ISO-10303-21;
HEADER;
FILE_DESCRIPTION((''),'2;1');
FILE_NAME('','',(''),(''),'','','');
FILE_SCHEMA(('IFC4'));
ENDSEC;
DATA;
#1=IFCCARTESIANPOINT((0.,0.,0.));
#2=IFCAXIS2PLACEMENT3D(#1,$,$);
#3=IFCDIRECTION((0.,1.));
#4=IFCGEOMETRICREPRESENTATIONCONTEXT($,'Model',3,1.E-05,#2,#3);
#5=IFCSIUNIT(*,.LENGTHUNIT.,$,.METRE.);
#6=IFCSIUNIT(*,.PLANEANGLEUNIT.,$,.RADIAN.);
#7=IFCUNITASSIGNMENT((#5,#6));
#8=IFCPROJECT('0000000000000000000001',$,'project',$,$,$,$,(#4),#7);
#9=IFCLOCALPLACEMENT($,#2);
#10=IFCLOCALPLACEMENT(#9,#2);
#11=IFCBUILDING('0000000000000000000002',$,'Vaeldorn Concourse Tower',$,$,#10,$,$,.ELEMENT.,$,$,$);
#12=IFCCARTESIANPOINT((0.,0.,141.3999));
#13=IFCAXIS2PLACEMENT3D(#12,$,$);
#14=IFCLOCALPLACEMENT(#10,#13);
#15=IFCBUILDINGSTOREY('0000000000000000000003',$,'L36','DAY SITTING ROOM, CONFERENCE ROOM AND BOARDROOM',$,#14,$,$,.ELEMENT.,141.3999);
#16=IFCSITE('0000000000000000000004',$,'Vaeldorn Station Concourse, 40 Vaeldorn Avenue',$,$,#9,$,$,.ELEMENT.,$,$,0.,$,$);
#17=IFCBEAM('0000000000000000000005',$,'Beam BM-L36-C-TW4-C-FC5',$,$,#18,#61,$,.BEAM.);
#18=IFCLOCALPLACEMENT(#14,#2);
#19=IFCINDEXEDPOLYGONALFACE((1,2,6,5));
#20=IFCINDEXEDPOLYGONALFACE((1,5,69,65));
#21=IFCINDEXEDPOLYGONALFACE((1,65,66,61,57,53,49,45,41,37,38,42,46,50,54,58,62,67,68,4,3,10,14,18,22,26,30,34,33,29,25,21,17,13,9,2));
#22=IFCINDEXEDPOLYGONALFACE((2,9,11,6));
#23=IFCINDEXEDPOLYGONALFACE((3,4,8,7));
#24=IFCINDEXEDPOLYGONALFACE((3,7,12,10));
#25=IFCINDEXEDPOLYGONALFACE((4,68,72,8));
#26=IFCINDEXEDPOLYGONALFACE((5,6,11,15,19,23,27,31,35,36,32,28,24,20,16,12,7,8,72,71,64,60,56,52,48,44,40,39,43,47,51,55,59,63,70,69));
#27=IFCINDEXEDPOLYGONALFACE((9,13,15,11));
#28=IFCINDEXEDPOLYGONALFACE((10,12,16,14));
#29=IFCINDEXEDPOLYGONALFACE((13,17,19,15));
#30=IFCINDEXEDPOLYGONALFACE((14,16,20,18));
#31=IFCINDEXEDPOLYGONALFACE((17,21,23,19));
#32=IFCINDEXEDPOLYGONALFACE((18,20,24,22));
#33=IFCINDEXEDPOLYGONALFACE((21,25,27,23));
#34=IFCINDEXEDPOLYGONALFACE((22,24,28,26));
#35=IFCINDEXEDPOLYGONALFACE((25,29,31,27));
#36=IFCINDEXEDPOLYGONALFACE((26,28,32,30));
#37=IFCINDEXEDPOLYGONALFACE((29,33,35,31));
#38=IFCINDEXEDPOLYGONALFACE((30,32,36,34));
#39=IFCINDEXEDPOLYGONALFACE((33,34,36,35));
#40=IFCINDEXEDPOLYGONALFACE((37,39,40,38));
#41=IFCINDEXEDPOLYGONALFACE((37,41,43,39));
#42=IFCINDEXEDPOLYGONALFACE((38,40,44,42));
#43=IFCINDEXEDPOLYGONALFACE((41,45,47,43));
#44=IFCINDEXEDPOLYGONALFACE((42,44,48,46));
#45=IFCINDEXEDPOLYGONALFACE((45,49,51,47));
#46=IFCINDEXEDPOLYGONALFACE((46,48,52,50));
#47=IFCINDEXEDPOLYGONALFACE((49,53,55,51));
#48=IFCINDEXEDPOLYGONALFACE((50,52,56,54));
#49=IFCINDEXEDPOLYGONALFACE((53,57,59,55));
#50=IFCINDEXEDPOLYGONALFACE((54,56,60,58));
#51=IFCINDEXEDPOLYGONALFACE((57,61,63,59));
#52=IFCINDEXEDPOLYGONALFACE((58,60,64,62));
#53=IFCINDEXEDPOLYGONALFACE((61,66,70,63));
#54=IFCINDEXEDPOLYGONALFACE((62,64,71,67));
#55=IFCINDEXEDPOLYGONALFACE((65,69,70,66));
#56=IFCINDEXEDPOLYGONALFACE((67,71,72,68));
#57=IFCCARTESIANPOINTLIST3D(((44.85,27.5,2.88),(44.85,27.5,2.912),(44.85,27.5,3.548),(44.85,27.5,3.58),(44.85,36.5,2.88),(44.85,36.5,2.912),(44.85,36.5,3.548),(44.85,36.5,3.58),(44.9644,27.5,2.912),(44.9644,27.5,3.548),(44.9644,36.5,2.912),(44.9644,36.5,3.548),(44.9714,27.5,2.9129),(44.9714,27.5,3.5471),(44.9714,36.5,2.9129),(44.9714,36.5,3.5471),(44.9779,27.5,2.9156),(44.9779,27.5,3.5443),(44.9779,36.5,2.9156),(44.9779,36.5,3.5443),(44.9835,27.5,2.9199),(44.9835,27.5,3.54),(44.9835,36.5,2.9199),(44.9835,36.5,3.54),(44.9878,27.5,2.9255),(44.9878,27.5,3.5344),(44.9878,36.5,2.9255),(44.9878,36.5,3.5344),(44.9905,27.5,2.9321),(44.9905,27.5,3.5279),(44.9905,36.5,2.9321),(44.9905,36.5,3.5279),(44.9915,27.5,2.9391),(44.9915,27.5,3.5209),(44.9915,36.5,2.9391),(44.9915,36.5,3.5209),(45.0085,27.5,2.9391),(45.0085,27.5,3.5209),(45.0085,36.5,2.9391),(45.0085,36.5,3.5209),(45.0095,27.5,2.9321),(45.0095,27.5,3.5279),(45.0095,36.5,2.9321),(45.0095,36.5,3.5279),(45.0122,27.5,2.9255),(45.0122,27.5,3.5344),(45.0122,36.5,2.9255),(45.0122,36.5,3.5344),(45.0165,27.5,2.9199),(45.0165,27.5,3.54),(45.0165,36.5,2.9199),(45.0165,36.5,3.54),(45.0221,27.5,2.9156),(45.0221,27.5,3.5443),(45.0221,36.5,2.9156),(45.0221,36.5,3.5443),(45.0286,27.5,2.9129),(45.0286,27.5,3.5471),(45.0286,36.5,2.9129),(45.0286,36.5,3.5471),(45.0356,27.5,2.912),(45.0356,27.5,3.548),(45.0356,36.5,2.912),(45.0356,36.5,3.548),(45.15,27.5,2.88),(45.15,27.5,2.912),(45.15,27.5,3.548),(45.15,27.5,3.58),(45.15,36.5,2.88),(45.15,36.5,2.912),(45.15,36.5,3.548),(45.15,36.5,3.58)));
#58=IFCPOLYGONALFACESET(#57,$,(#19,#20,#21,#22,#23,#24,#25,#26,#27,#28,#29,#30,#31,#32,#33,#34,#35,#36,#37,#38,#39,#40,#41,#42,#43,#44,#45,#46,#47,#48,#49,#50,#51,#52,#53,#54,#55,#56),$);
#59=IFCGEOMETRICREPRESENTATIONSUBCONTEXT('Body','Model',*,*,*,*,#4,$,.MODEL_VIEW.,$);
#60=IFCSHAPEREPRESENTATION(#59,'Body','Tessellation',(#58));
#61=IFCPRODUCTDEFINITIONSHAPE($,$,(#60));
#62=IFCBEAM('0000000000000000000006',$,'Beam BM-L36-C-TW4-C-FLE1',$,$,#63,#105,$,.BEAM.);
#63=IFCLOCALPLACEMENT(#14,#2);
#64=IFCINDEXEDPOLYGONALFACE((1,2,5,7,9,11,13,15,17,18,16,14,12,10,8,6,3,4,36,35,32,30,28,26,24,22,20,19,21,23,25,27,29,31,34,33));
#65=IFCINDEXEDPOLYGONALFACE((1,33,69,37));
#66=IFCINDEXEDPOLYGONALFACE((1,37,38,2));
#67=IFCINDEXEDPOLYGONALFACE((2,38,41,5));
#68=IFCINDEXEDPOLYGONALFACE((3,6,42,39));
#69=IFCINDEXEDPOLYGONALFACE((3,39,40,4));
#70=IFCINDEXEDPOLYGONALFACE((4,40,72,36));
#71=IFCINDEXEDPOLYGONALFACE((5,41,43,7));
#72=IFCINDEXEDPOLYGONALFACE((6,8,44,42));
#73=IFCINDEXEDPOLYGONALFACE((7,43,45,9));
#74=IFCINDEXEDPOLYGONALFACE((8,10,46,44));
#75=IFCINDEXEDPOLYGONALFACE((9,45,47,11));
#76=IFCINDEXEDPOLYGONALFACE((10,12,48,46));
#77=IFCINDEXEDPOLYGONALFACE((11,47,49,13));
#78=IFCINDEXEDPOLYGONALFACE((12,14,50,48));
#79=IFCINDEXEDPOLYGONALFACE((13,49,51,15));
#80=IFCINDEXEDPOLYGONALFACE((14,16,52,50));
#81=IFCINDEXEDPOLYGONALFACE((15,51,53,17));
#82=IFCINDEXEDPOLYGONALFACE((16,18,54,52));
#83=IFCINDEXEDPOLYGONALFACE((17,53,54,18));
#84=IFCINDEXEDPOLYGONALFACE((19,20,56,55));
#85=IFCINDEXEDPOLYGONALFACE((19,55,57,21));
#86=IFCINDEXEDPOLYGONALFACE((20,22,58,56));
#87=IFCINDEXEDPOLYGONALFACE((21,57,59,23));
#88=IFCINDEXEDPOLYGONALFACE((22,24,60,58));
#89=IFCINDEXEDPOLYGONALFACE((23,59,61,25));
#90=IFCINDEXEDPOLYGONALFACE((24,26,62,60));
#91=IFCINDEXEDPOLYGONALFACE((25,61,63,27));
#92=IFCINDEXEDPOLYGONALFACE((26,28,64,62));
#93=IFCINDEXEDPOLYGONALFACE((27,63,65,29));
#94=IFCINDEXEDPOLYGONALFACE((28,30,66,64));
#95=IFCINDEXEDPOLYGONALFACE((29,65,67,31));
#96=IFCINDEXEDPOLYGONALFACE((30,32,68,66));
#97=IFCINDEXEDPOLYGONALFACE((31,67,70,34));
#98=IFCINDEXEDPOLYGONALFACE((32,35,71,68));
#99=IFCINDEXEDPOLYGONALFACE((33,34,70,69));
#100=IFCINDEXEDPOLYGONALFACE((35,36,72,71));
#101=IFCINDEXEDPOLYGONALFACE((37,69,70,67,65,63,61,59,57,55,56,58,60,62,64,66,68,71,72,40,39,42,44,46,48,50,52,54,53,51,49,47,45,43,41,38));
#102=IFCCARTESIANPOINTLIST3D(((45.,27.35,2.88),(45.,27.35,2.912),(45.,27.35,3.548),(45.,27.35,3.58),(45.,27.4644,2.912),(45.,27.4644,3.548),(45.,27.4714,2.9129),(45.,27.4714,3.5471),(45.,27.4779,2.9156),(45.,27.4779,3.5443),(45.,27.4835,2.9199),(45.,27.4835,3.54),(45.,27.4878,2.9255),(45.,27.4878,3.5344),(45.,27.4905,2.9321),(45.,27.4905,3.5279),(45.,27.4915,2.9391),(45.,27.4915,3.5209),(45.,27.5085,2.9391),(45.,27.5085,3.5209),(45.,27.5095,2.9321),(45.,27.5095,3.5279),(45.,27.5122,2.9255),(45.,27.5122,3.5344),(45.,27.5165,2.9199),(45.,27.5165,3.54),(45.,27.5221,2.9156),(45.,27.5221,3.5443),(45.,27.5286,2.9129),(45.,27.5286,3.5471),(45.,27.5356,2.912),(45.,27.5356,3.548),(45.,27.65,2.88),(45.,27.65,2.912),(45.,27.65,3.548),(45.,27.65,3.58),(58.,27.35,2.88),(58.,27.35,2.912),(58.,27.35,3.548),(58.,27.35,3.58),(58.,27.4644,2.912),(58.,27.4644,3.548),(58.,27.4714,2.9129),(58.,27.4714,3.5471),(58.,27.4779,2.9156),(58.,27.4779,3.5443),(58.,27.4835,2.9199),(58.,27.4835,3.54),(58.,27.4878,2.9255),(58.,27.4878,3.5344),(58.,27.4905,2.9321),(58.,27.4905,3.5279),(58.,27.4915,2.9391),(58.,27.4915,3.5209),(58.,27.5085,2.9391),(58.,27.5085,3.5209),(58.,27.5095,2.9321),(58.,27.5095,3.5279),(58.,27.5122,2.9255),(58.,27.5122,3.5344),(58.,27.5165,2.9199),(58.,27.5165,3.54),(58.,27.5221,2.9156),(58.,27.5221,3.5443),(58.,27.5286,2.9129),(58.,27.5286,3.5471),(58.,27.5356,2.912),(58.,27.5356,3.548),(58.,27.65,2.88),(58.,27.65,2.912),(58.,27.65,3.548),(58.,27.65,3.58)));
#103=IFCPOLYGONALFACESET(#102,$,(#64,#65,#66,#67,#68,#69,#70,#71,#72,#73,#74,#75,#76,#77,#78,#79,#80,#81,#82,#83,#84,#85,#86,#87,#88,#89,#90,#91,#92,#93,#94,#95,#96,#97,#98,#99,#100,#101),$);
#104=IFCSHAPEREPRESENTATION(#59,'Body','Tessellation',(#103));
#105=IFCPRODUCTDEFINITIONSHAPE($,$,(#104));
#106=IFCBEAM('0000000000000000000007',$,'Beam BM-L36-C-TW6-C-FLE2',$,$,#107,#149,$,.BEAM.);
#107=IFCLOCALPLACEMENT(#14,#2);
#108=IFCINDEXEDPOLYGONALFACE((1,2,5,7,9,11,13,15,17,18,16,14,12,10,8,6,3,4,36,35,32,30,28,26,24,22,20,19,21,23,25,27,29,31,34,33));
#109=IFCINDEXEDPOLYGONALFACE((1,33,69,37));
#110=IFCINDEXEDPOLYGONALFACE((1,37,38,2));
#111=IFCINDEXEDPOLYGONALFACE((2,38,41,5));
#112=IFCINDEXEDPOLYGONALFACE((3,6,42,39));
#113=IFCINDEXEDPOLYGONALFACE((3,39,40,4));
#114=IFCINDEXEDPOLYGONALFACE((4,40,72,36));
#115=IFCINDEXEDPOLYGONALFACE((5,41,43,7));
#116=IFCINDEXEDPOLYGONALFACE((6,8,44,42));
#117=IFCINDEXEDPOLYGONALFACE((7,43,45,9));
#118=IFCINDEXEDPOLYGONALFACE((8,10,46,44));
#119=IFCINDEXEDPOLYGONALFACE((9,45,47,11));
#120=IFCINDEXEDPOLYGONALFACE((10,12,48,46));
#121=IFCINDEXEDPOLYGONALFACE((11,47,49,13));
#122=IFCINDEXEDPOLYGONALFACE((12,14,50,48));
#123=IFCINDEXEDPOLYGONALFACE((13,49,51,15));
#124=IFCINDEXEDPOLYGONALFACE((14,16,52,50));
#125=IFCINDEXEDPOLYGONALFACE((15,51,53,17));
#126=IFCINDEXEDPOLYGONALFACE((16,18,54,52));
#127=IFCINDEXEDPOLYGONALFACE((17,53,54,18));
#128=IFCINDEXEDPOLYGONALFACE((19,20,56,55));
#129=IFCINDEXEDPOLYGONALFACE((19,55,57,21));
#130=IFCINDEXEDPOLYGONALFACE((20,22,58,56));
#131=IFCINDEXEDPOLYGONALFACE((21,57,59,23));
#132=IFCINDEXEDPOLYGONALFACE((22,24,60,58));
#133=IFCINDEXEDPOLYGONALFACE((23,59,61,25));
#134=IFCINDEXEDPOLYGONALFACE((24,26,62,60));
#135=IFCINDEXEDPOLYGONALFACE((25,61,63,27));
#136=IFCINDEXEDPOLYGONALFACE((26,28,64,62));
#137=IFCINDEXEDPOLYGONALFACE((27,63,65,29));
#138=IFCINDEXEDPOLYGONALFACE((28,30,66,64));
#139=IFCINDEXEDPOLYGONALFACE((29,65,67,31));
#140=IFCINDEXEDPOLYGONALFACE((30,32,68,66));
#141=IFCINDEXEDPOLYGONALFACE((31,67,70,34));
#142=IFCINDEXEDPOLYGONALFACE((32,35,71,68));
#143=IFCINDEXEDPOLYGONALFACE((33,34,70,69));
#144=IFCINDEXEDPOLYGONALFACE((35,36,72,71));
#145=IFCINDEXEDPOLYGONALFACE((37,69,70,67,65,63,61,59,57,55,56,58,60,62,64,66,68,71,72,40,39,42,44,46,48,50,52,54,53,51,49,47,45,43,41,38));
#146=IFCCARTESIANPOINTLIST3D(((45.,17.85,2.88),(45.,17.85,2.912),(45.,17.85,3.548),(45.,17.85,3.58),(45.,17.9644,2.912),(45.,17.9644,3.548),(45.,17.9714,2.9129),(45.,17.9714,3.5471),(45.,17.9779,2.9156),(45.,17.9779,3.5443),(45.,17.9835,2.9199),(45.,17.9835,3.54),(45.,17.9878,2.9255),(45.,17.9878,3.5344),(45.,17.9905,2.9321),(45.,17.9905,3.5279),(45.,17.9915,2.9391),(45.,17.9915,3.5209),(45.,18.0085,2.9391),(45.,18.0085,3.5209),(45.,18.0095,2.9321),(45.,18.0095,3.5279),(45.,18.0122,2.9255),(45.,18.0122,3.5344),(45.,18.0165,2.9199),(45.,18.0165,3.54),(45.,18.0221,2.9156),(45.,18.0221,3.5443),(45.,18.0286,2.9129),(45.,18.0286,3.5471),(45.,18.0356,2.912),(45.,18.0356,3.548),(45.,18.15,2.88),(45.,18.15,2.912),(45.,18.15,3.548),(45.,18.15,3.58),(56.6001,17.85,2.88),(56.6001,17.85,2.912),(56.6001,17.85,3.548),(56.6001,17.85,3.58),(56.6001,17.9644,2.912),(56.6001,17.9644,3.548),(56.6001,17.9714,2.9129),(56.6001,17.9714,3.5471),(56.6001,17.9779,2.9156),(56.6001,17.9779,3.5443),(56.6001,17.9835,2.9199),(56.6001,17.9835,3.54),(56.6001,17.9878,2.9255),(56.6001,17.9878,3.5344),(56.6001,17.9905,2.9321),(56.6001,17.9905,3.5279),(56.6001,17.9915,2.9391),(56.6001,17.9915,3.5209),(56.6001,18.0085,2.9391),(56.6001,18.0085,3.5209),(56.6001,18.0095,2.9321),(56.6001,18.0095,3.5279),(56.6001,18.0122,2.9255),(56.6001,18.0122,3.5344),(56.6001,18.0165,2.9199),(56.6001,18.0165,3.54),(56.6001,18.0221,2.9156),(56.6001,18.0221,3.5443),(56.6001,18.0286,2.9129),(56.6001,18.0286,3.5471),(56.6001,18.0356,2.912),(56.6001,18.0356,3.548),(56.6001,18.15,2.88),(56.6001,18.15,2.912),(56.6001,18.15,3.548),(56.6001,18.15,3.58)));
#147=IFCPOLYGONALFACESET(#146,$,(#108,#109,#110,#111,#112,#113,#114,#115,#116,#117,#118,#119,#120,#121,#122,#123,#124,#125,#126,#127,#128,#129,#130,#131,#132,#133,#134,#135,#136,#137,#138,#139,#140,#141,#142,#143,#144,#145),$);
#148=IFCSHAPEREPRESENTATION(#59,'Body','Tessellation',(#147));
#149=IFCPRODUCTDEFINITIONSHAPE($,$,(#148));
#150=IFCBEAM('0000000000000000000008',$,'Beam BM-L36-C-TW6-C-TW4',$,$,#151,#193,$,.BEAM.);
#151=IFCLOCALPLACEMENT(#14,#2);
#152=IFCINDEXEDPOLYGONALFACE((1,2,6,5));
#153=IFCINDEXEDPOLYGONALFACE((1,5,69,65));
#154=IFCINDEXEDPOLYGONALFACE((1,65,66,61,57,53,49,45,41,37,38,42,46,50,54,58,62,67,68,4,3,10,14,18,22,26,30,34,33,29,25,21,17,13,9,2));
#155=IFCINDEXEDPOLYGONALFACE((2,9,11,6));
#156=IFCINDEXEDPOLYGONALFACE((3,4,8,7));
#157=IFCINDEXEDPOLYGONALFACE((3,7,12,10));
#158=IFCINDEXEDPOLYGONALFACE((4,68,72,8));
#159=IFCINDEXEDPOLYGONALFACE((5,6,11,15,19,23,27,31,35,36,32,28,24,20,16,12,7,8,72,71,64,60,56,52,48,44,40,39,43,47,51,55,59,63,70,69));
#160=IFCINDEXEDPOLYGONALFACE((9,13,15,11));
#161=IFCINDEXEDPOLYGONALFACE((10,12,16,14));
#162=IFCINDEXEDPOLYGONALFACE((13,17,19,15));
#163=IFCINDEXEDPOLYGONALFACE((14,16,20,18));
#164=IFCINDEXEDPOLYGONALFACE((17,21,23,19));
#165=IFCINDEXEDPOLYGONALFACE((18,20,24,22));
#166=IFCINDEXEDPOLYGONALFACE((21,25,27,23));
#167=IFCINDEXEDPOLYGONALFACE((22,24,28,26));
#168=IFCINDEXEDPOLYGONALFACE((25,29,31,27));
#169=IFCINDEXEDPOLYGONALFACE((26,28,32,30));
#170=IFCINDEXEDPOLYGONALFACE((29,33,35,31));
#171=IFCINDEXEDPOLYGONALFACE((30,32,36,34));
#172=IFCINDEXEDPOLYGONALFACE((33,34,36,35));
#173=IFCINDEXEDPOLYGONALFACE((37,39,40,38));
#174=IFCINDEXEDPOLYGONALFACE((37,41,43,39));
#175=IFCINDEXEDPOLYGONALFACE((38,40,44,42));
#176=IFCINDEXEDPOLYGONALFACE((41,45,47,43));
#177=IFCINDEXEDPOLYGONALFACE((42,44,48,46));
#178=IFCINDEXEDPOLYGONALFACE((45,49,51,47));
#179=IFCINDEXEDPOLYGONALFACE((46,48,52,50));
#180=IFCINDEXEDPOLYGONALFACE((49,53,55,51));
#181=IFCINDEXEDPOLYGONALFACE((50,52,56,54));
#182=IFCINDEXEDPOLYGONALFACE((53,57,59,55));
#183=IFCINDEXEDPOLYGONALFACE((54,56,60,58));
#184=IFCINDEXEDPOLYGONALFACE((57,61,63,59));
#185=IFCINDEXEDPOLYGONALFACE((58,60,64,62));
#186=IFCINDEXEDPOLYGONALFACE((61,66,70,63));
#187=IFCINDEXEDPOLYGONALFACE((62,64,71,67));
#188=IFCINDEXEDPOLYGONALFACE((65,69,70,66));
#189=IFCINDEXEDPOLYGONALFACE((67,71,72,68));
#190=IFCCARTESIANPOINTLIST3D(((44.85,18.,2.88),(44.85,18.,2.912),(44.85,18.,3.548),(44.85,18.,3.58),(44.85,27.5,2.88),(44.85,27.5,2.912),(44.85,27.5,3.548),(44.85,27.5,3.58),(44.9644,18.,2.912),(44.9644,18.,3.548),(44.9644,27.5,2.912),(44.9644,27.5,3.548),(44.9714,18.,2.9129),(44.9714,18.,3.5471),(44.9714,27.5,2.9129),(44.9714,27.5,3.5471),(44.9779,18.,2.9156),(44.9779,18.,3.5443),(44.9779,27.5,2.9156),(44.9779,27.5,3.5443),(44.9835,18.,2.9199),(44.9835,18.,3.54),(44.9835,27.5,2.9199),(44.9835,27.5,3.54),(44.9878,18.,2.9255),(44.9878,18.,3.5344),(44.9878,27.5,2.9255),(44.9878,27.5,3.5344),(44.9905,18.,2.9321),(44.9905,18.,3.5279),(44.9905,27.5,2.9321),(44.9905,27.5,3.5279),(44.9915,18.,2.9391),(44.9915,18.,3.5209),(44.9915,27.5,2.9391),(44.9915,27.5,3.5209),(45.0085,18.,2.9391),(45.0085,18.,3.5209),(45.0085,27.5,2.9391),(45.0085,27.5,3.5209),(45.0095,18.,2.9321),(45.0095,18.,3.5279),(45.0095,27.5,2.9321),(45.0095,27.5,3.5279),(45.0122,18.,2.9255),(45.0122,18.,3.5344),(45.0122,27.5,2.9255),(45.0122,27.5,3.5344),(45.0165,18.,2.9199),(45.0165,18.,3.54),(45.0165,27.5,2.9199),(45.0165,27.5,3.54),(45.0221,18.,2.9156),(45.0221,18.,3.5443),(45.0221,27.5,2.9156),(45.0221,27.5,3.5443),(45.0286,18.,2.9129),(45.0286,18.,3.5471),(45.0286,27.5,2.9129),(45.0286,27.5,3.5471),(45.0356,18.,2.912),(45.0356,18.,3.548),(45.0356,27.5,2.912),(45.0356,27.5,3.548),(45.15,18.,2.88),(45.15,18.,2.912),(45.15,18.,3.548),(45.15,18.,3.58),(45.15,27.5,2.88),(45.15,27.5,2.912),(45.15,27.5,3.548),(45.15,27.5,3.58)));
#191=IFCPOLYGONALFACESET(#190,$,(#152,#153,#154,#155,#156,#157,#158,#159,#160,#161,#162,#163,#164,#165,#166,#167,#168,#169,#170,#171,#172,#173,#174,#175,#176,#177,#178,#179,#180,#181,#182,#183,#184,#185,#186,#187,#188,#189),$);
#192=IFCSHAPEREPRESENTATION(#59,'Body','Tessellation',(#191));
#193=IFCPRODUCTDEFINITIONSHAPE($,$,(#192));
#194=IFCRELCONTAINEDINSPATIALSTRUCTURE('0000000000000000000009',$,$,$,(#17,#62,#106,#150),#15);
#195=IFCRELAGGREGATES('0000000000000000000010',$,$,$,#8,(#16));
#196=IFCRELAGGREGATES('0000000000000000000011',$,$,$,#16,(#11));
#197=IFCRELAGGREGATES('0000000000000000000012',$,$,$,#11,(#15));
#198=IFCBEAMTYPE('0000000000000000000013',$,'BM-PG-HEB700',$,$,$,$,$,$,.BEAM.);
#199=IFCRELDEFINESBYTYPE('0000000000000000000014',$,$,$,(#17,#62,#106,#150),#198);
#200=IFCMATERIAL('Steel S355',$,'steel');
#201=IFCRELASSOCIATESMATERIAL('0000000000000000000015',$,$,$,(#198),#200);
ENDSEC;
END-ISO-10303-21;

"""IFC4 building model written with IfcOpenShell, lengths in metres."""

from ifc_helpers import new_model, si_unit, direction, frame, origin, origin_2d, place, context, subcontext, project, spatial, i_section, extrude, source, transform, mapped, material, material_profile, profile_set, type_object, element, save


model = new_model("IFC4")

# Units and contexts
model_context = context("Model", 3, precision=1e-05, world=origin(), true_north=direction((0.0, 1.0)))
body_context = subcontext(model_context, "Body", "Model", "MODEL_VIEW")
ifc_project = project(units=[si_unit("LENGTHUNIT", "METRE"), si_unit("PLANEANGLEUNIT", "RADIAN")], contexts=[model_context])

# Site, building, storey
site_placement = place(None, origin())
site = spatial("IfcSite", under=ifc_project, at=site_placement, Name="Vaeldorn Station Concourse, 40 Vaeldorn Avenue", CompositionType="ELEMENT", RefElevation=0.0)
building_placement = place(site_placement, origin())
building = spatial("IfcBuilding", under=site, at=building_placement, Name="Vaeldorn Concourse Tower", CompositionType="ELEMENT")
storey_placement = place(building_placement, frame((0.0, 0.0, 141.3999)))
storey = spatial("IfcBuildingStorey", under=building, at=storey_placement, Name="L36", Description="DAY SITTING ROOM, CONFERENCE ROOM AND BOARDROOM", CompositionType="ELEMENT", Elevation=141.3999)

# Beams
ifc_material_1 = material(Name="Steel S355", Category="steel")
ifc_material_profile_1 = material_profile(ifc_material_1, i_section(OverallWidth=0.3, OverallDepth=0.7, WebThickness=0.0171, FlangeThickness=0.032, FilletRadius=0.0271, at=origin_2d()), Name="HEB 700")
ifc_profile_set_1 = profile_set([ifc_material_profile_1], Name="Steel S355")
beam_type_1 = type_object("IfcBeamType", Name="BM-PG-HEB700", PredefinedType="BEAM", material=ifc_profile_set_1)
shared_shape_1 = source(origin(), body_context, "Body", "SweptSolid", [
    extrude(i_section(OverallWidth=0.3, OverallDepth=0.7, WebThickness=0.0171, FlangeThickness=0.032, FilletRadius=0.0271, at=origin_2d()), origin(), (0.0, 0.0, 1.0), 9.0),
])
for number, where, z_axis, x_axis, name in (
    (1, (45.0, 27.5, 3.23), (0.0, 1.0, 0.0), (-1.0, 0.0, 0.0), "Beam BM-L36-C-TW4-C-FC5"),
):
    element("IfcBeam", number, at=place(storey_placement, frame(where, z_axis=z_axis, x_axis=x_axis)), inside=storey, type_object=beam_type_1, Name=name, PredefinedType="BEAM", context=body_context, shape_type="MappedRepresentation", body=[
        mapped(shared_shape_1, transform((0.0, 0.0, 0.0), scale=1.0)),
    ])
shared_shape_2 = source(origin(), body_context, "Body", "SweptSolid", [
    extrude(i_section(OverallWidth=0.3, OverallDepth=0.7, WebThickness=0.0171, FlangeThickness=0.032, FilletRadius=0.0271, at=origin_2d()), origin(), (0.0, 0.0, 1.0), 13.0),
])
beam_1_placement = place(storey_placement, frame((45.0, 27.5, 3.23), z_axis=(1.0, 0.0, 0.0), x_axis=(0.0, 1.0, 0.0)))
element("IfcBeam", 2, at=beam_1_placement, inside=storey, type_object=beam_type_1, Name="Beam BM-L36-C-TW4-C-FLE1", PredefinedType="BEAM", context=body_context, shape_type="MappedRepresentation", body=[
    mapped(shared_shape_2, transform((0.0, 0.0, 0.0), scale=1.0)),
])
shared_shape_3 = source(origin(), body_context, "Body", "SweptSolid", [
    extrude(i_section(OverallWidth=0.3, OverallDepth=0.7, WebThickness=0.0171, FlangeThickness=0.032, FilletRadius=0.0271, at=origin_2d()), origin(), (0.0, 0.0, 1.0), 11.6001),
])
beam_2_placement = place(storey_placement, frame((45.0, 18.0, 3.23), z_axis=(1.0, 0.0, 0.0), x_axis=(0.0, 1.0, 0.0)))
element("IfcBeam", 3, at=beam_2_placement, inside=storey, type_object=beam_type_1, Name="Beam BM-L36-C-TW6-C-FLE2", PredefinedType="BEAM", context=body_context, shape_type="MappedRepresentation", body=[
    mapped(shared_shape_3, transform((0.0, 0.0, 0.0), scale=1.0)),
])
shared_shape_4 = source(origin(), body_context, "Body", "SweptSolid", [
    extrude(i_section(OverallWidth=0.3, OverallDepth=0.7, WebThickness=0.0171, FlangeThickness=0.032, FilletRadius=0.0271, at=origin_2d()), origin(), (0.0, 0.0, 1.0), 9.5),
])
beam_3_placement = place(storey_placement, frame((45.0, 18.0, 3.23), z_axis=(0.0, 1.0, 0.0), x_axis=(-1.0, 0.0, 0.0)))
element("IfcBeam", 4, at=beam_3_placement, inside=storey, type_object=beam_type_1, Name="Beam BM-L36-C-TW6-C-TW4", PredefinedType="BEAM", context=body_context, shape_type="MappedRepresentation", body=[
    mapped(shared_shape_4, transform((0.0, 0.0, 0.0), scale=1.0)),
])

save(model, "model.ifc")
